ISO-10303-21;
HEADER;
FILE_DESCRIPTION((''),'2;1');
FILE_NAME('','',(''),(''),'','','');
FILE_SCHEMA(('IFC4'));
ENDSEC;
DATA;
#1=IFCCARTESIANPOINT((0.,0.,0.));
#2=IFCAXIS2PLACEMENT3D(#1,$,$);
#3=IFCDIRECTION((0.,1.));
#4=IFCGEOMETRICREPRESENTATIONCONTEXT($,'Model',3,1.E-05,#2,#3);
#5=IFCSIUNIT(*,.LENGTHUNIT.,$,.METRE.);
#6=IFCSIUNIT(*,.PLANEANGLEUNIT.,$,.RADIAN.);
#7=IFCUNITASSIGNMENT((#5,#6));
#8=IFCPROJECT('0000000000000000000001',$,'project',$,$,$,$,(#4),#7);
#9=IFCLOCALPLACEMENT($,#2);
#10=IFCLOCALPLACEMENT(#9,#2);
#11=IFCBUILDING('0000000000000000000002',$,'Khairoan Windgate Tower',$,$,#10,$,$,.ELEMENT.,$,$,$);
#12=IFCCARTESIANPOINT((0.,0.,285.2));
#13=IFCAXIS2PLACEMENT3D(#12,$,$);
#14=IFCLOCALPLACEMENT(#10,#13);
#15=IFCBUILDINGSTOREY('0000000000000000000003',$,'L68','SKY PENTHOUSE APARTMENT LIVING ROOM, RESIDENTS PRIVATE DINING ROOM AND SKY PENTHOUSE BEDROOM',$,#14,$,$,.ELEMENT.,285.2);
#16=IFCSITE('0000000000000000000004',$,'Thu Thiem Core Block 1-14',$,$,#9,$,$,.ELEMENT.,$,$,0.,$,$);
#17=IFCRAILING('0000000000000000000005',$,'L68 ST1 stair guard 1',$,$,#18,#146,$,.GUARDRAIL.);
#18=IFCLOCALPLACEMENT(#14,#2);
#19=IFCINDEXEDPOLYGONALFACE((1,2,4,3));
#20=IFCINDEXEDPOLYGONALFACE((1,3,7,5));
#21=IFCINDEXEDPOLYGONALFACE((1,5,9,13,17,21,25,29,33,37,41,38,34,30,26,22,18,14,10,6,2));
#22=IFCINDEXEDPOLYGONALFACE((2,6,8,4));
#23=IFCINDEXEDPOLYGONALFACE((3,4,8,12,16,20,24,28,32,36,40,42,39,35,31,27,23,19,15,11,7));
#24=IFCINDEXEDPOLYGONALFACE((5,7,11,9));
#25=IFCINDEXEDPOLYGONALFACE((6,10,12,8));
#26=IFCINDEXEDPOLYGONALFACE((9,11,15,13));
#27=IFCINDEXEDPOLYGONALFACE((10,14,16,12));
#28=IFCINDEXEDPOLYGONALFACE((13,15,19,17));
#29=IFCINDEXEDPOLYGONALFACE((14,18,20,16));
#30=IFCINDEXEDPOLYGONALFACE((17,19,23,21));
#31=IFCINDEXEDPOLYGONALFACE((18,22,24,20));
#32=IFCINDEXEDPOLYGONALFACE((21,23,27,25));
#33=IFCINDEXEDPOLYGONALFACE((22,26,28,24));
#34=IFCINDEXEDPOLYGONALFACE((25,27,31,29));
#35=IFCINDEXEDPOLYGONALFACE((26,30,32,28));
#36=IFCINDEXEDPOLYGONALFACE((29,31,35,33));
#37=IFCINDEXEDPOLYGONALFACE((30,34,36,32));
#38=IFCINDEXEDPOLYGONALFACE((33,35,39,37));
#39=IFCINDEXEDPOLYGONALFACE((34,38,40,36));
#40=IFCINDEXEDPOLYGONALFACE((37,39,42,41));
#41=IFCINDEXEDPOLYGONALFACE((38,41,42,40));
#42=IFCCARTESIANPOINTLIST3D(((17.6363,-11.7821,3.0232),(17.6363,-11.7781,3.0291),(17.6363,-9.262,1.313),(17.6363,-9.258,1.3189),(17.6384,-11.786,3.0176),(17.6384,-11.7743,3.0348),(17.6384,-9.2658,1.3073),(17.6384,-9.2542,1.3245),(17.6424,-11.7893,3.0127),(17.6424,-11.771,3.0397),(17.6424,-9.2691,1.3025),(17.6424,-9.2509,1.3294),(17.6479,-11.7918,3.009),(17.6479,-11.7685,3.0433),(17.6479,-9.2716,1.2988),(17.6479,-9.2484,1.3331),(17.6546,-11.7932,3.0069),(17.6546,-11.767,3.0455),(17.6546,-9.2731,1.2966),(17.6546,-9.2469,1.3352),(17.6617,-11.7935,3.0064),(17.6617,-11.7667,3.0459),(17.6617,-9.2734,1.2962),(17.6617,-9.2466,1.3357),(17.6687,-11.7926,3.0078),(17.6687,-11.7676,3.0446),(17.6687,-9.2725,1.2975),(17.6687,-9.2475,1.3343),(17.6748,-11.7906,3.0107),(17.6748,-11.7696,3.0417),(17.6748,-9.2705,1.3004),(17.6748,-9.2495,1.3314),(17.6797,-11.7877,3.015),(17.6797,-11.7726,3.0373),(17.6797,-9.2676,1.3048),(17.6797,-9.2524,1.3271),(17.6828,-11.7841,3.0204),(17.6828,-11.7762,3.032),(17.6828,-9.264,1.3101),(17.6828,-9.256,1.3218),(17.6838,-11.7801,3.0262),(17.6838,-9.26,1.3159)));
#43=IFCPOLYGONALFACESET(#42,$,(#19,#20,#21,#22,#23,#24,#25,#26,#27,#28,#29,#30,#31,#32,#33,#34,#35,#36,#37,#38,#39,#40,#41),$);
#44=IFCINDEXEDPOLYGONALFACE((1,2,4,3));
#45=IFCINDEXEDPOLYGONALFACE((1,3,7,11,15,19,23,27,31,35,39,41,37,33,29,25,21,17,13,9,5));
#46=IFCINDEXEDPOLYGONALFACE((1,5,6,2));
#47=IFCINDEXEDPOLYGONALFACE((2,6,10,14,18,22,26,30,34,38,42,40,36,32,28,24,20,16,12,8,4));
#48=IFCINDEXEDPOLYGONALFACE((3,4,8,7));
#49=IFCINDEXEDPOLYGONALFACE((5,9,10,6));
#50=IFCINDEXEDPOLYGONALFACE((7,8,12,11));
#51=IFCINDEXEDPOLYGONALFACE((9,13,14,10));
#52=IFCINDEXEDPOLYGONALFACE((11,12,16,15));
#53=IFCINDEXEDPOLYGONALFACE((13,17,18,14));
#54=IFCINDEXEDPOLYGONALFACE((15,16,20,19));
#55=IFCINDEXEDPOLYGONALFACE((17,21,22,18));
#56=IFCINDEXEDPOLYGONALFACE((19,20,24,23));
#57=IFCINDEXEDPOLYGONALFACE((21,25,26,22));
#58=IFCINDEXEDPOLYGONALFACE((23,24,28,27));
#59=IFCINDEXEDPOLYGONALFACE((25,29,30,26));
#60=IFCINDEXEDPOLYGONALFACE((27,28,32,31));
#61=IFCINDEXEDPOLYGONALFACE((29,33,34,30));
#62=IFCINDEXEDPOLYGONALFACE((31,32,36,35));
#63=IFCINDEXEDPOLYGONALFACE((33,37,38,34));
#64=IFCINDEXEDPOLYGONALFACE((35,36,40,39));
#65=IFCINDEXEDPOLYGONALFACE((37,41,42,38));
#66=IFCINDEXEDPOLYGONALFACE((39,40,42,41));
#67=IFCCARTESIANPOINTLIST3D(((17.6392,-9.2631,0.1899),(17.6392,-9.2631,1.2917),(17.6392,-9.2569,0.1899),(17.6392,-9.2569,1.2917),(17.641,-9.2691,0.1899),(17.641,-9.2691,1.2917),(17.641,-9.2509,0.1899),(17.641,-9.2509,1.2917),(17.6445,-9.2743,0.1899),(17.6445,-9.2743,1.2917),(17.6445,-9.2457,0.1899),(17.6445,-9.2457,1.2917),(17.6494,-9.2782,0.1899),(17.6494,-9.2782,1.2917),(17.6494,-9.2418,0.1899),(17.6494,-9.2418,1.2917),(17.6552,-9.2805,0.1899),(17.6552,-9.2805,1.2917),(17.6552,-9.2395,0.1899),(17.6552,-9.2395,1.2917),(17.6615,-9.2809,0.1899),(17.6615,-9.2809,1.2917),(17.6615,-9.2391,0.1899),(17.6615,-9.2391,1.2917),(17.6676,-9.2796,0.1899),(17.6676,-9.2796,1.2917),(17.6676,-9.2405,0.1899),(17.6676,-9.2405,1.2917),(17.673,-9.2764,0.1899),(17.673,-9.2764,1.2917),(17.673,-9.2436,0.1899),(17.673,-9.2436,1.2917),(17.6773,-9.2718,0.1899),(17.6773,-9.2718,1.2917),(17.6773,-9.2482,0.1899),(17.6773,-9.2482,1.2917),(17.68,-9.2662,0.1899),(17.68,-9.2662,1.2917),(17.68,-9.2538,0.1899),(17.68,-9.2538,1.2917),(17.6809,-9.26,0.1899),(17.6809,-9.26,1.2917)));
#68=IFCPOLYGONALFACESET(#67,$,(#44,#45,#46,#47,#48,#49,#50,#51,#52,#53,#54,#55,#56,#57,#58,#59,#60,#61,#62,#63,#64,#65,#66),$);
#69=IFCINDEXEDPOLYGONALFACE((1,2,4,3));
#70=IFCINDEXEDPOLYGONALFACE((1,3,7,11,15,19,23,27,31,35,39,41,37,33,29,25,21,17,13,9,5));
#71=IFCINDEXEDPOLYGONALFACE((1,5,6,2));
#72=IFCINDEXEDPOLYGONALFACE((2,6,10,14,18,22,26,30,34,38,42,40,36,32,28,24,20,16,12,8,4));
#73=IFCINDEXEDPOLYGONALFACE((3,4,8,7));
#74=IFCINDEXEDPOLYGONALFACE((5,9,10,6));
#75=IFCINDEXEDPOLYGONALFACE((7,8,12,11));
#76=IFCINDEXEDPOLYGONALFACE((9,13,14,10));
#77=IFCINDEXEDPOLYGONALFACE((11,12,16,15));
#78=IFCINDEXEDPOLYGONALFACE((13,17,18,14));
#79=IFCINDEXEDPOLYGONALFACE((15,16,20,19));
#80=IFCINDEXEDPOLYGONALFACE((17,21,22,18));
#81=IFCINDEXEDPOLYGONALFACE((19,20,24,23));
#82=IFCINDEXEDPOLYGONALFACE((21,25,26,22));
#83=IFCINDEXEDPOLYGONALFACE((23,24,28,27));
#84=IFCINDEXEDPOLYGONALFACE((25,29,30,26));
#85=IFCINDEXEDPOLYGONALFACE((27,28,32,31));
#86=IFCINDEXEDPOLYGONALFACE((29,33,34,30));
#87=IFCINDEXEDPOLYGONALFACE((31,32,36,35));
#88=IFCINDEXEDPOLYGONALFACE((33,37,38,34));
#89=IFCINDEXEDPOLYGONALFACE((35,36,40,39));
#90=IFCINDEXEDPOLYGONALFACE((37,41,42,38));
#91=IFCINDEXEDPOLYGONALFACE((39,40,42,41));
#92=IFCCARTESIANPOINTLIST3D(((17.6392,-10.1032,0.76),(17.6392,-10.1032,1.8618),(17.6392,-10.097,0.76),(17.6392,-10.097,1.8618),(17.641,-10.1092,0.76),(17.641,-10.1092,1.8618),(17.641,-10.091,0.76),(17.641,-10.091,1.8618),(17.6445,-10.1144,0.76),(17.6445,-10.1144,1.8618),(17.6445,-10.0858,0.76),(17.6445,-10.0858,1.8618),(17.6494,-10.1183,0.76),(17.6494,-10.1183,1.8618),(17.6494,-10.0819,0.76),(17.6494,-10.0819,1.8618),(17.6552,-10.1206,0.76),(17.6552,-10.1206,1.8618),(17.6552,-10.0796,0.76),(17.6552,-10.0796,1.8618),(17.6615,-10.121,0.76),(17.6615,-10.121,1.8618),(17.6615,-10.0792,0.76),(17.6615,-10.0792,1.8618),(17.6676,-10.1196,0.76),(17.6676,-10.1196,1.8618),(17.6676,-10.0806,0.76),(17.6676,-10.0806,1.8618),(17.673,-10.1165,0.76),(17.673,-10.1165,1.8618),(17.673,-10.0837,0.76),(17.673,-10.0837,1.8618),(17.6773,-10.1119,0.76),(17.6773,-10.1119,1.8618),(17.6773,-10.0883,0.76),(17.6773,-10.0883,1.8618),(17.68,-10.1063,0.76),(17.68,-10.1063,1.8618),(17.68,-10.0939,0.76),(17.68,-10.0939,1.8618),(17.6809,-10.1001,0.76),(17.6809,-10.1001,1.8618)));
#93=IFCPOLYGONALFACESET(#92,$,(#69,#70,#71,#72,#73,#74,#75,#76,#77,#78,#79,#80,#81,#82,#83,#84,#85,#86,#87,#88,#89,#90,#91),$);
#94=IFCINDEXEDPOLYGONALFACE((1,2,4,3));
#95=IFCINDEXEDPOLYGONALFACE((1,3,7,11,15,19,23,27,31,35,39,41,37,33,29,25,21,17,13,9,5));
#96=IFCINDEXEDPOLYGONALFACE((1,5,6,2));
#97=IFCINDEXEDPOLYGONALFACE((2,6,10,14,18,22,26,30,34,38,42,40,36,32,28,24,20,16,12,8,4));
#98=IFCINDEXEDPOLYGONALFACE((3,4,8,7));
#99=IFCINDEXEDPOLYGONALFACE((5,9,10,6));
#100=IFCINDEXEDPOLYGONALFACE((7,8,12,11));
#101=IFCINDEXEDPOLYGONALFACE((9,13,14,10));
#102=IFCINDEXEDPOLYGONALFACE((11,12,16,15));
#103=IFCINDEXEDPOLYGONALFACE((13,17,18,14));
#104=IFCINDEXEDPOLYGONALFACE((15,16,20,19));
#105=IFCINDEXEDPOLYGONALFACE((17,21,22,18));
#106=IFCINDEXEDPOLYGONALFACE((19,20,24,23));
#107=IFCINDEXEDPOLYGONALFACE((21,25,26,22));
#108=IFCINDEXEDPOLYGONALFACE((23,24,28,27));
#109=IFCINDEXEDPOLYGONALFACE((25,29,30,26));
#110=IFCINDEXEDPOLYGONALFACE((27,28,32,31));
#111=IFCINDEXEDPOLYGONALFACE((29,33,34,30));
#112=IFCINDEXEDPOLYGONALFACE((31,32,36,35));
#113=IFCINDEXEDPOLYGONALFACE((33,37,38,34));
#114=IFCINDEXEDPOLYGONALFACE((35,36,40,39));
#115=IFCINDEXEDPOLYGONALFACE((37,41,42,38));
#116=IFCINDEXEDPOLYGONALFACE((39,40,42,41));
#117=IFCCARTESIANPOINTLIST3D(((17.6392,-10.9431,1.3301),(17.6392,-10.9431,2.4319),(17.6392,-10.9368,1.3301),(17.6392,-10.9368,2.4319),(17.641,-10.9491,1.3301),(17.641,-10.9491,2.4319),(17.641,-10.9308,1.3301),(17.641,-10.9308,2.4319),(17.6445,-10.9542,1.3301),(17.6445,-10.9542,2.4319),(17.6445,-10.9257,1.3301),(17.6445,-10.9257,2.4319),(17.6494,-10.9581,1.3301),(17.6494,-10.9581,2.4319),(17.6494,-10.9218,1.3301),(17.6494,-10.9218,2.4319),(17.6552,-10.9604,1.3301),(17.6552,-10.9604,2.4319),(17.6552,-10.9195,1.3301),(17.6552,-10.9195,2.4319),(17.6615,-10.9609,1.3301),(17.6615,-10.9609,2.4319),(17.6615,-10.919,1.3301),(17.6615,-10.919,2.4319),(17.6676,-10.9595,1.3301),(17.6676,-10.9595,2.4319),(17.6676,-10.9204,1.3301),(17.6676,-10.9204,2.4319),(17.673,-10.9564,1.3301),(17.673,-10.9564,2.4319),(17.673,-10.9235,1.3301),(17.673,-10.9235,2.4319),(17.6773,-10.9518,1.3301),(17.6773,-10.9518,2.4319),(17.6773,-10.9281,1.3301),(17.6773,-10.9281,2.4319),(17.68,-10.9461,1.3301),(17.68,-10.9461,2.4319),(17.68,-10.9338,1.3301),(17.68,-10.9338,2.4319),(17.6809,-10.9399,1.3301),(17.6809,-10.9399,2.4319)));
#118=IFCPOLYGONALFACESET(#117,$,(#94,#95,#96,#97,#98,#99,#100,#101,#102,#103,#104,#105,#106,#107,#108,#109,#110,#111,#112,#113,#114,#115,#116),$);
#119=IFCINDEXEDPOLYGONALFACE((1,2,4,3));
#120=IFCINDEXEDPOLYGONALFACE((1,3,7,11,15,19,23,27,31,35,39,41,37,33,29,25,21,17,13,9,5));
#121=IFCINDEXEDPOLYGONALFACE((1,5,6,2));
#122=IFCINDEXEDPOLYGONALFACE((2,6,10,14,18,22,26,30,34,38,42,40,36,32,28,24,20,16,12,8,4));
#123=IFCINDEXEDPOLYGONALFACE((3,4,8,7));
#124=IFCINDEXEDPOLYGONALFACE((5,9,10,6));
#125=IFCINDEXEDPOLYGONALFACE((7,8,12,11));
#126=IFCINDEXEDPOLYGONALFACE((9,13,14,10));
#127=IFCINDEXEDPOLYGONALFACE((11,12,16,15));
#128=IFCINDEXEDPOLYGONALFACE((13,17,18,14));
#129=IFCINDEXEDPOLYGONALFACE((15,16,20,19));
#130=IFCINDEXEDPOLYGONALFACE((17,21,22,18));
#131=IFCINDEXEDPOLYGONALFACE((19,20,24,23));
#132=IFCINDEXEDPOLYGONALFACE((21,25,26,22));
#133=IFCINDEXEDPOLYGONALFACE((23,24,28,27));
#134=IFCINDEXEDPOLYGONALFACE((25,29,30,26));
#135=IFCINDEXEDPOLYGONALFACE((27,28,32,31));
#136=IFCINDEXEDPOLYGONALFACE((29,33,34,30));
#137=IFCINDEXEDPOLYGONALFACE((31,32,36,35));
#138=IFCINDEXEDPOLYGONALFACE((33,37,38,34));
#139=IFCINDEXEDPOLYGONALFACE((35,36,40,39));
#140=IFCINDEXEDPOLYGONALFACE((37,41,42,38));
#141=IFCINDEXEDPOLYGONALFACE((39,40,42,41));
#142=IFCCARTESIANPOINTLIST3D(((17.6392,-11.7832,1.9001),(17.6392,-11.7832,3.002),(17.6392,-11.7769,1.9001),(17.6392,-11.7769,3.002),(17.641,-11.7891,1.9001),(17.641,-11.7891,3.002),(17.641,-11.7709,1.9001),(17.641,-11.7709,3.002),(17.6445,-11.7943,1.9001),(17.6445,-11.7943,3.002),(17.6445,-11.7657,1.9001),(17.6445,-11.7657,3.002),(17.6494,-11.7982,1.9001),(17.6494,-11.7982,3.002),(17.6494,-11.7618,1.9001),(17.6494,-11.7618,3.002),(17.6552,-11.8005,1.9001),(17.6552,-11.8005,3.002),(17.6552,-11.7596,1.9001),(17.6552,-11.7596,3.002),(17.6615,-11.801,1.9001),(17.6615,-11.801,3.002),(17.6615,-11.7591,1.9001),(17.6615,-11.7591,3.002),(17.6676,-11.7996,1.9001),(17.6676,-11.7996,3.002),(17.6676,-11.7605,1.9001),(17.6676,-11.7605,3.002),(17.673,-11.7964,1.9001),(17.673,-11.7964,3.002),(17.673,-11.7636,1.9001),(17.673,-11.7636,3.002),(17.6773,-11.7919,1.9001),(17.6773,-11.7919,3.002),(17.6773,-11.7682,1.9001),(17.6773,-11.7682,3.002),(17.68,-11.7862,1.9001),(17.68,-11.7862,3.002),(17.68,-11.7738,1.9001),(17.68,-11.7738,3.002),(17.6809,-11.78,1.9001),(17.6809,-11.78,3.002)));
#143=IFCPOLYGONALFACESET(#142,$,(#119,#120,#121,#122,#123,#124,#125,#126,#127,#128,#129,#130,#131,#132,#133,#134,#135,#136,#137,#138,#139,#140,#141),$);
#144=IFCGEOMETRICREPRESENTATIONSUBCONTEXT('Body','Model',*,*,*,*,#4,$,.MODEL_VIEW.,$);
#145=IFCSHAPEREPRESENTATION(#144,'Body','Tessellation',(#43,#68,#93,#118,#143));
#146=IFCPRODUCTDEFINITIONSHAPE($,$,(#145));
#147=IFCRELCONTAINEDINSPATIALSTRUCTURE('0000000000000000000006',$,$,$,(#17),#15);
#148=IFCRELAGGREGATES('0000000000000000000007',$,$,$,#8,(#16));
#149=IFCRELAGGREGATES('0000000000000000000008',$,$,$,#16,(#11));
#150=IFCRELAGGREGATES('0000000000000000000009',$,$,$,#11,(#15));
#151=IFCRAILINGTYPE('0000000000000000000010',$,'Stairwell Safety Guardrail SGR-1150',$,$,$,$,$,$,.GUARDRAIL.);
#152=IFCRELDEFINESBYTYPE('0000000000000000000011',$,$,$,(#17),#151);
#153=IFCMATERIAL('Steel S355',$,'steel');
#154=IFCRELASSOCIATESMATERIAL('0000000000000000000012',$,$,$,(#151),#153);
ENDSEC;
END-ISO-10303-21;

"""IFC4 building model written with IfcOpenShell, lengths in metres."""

from ifc_helpers import new_model, si_unit, direction, frame, origin, origin_2d, place, context, subcontext, project, spatial, circle, extrude, material, type_object, element, save


model = new_model("IFC4")

# Units and contexts
model_context = context("Model", 3, precision=1e-05, world=origin(), true_north=direction((0.0, 1.0)))
body_context = subcontext(model_context, "Body", "Model", "MODEL_VIEW")
ifc_project = project(units=[si_unit("LENGTHUNIT", "METRE"), si_unit("PLANEANGLEUNIT", "RADIAN")], contexts=[model_context])

# Site, building, storey
site_placement = place(None, origin())
site = spatial("IfcSite", under=ifc_project, at=site_placement, Name="Thu Thiem Core Block 1-14", CompositionType="ELEMENT", RefElevation=0.0)
building_placement = place(site_placement, origin())
building = spatial("IfcBuilding", under=site, at=building_placement, Name="Khairoan Windgate Tower", CompositionType="ELEMENT")
storey_placement = place(building_placement, frame((0.0, 0.0, 285.2)))
storey = spatial("IfcBuildingStorey", under=building, at=storey_placement, Name="L68", Description="SKY PENTHOUSE APARTMENT LIVING ROOM, RESIDENTS PRIVATE DINING ROOM AND SKY PENTHOUSE BEDROOM", CompositionType="ELEMENT", Elevation=285.2)

# Railing
ifc_material_1 = material(Name="Steel S355", Category="steel")
railing_type_1 = type_object("IfcRailingType", Name="Stairwell Safety Guardrail SGR-1150", PredefinedType="GUARDRAIL", material=ifc_material_1)
railing_1_placement = place(storey_placement, frame((17.6599, -9.26, 0.1899)))
element("IfcRailing", 1, at=railing_1_placement, inside=storey, type_object=railing_type_1, Name="L68 ST1 stair guard 1", PredefinedType="GUARDRAIL", context=body_context, shape_type="SweptSolid", body=[
    extrude(circle(Radius=0.0239, at=origin_2d()), frame((0.0, 0.0, 1.126), z_axis=(0.0, -0.827447, 0.561545), x_axis=(1.0, 0.0, 0.0)), (0.0, 0.0, 1.0), 3.0457),
    extrude(circle(Radius=0.021, at=origin_2d()), origin(), (0.0, 0.0, 1.0), 1.1018),
    extrude(circle(Radius=0.021, at=origin_2d()), frame((0.0, -0.8401, 0.5701)), (0.0, 0.0, 1.0), 1.1018),
    extrude(circle(Radius=0.021, at=origin_2d()), frame((0.0, -1.6799, 1.1401)), (0.0, 0.0, 1.0), 1.1018),
    extrude(circle(Radius=0.021, at=origin_2d()), frame((0.0, -2.52, 1.7102)), (0.0, 0.0, 1.0), 1.1018),
])

save(model, "model.ifc")
